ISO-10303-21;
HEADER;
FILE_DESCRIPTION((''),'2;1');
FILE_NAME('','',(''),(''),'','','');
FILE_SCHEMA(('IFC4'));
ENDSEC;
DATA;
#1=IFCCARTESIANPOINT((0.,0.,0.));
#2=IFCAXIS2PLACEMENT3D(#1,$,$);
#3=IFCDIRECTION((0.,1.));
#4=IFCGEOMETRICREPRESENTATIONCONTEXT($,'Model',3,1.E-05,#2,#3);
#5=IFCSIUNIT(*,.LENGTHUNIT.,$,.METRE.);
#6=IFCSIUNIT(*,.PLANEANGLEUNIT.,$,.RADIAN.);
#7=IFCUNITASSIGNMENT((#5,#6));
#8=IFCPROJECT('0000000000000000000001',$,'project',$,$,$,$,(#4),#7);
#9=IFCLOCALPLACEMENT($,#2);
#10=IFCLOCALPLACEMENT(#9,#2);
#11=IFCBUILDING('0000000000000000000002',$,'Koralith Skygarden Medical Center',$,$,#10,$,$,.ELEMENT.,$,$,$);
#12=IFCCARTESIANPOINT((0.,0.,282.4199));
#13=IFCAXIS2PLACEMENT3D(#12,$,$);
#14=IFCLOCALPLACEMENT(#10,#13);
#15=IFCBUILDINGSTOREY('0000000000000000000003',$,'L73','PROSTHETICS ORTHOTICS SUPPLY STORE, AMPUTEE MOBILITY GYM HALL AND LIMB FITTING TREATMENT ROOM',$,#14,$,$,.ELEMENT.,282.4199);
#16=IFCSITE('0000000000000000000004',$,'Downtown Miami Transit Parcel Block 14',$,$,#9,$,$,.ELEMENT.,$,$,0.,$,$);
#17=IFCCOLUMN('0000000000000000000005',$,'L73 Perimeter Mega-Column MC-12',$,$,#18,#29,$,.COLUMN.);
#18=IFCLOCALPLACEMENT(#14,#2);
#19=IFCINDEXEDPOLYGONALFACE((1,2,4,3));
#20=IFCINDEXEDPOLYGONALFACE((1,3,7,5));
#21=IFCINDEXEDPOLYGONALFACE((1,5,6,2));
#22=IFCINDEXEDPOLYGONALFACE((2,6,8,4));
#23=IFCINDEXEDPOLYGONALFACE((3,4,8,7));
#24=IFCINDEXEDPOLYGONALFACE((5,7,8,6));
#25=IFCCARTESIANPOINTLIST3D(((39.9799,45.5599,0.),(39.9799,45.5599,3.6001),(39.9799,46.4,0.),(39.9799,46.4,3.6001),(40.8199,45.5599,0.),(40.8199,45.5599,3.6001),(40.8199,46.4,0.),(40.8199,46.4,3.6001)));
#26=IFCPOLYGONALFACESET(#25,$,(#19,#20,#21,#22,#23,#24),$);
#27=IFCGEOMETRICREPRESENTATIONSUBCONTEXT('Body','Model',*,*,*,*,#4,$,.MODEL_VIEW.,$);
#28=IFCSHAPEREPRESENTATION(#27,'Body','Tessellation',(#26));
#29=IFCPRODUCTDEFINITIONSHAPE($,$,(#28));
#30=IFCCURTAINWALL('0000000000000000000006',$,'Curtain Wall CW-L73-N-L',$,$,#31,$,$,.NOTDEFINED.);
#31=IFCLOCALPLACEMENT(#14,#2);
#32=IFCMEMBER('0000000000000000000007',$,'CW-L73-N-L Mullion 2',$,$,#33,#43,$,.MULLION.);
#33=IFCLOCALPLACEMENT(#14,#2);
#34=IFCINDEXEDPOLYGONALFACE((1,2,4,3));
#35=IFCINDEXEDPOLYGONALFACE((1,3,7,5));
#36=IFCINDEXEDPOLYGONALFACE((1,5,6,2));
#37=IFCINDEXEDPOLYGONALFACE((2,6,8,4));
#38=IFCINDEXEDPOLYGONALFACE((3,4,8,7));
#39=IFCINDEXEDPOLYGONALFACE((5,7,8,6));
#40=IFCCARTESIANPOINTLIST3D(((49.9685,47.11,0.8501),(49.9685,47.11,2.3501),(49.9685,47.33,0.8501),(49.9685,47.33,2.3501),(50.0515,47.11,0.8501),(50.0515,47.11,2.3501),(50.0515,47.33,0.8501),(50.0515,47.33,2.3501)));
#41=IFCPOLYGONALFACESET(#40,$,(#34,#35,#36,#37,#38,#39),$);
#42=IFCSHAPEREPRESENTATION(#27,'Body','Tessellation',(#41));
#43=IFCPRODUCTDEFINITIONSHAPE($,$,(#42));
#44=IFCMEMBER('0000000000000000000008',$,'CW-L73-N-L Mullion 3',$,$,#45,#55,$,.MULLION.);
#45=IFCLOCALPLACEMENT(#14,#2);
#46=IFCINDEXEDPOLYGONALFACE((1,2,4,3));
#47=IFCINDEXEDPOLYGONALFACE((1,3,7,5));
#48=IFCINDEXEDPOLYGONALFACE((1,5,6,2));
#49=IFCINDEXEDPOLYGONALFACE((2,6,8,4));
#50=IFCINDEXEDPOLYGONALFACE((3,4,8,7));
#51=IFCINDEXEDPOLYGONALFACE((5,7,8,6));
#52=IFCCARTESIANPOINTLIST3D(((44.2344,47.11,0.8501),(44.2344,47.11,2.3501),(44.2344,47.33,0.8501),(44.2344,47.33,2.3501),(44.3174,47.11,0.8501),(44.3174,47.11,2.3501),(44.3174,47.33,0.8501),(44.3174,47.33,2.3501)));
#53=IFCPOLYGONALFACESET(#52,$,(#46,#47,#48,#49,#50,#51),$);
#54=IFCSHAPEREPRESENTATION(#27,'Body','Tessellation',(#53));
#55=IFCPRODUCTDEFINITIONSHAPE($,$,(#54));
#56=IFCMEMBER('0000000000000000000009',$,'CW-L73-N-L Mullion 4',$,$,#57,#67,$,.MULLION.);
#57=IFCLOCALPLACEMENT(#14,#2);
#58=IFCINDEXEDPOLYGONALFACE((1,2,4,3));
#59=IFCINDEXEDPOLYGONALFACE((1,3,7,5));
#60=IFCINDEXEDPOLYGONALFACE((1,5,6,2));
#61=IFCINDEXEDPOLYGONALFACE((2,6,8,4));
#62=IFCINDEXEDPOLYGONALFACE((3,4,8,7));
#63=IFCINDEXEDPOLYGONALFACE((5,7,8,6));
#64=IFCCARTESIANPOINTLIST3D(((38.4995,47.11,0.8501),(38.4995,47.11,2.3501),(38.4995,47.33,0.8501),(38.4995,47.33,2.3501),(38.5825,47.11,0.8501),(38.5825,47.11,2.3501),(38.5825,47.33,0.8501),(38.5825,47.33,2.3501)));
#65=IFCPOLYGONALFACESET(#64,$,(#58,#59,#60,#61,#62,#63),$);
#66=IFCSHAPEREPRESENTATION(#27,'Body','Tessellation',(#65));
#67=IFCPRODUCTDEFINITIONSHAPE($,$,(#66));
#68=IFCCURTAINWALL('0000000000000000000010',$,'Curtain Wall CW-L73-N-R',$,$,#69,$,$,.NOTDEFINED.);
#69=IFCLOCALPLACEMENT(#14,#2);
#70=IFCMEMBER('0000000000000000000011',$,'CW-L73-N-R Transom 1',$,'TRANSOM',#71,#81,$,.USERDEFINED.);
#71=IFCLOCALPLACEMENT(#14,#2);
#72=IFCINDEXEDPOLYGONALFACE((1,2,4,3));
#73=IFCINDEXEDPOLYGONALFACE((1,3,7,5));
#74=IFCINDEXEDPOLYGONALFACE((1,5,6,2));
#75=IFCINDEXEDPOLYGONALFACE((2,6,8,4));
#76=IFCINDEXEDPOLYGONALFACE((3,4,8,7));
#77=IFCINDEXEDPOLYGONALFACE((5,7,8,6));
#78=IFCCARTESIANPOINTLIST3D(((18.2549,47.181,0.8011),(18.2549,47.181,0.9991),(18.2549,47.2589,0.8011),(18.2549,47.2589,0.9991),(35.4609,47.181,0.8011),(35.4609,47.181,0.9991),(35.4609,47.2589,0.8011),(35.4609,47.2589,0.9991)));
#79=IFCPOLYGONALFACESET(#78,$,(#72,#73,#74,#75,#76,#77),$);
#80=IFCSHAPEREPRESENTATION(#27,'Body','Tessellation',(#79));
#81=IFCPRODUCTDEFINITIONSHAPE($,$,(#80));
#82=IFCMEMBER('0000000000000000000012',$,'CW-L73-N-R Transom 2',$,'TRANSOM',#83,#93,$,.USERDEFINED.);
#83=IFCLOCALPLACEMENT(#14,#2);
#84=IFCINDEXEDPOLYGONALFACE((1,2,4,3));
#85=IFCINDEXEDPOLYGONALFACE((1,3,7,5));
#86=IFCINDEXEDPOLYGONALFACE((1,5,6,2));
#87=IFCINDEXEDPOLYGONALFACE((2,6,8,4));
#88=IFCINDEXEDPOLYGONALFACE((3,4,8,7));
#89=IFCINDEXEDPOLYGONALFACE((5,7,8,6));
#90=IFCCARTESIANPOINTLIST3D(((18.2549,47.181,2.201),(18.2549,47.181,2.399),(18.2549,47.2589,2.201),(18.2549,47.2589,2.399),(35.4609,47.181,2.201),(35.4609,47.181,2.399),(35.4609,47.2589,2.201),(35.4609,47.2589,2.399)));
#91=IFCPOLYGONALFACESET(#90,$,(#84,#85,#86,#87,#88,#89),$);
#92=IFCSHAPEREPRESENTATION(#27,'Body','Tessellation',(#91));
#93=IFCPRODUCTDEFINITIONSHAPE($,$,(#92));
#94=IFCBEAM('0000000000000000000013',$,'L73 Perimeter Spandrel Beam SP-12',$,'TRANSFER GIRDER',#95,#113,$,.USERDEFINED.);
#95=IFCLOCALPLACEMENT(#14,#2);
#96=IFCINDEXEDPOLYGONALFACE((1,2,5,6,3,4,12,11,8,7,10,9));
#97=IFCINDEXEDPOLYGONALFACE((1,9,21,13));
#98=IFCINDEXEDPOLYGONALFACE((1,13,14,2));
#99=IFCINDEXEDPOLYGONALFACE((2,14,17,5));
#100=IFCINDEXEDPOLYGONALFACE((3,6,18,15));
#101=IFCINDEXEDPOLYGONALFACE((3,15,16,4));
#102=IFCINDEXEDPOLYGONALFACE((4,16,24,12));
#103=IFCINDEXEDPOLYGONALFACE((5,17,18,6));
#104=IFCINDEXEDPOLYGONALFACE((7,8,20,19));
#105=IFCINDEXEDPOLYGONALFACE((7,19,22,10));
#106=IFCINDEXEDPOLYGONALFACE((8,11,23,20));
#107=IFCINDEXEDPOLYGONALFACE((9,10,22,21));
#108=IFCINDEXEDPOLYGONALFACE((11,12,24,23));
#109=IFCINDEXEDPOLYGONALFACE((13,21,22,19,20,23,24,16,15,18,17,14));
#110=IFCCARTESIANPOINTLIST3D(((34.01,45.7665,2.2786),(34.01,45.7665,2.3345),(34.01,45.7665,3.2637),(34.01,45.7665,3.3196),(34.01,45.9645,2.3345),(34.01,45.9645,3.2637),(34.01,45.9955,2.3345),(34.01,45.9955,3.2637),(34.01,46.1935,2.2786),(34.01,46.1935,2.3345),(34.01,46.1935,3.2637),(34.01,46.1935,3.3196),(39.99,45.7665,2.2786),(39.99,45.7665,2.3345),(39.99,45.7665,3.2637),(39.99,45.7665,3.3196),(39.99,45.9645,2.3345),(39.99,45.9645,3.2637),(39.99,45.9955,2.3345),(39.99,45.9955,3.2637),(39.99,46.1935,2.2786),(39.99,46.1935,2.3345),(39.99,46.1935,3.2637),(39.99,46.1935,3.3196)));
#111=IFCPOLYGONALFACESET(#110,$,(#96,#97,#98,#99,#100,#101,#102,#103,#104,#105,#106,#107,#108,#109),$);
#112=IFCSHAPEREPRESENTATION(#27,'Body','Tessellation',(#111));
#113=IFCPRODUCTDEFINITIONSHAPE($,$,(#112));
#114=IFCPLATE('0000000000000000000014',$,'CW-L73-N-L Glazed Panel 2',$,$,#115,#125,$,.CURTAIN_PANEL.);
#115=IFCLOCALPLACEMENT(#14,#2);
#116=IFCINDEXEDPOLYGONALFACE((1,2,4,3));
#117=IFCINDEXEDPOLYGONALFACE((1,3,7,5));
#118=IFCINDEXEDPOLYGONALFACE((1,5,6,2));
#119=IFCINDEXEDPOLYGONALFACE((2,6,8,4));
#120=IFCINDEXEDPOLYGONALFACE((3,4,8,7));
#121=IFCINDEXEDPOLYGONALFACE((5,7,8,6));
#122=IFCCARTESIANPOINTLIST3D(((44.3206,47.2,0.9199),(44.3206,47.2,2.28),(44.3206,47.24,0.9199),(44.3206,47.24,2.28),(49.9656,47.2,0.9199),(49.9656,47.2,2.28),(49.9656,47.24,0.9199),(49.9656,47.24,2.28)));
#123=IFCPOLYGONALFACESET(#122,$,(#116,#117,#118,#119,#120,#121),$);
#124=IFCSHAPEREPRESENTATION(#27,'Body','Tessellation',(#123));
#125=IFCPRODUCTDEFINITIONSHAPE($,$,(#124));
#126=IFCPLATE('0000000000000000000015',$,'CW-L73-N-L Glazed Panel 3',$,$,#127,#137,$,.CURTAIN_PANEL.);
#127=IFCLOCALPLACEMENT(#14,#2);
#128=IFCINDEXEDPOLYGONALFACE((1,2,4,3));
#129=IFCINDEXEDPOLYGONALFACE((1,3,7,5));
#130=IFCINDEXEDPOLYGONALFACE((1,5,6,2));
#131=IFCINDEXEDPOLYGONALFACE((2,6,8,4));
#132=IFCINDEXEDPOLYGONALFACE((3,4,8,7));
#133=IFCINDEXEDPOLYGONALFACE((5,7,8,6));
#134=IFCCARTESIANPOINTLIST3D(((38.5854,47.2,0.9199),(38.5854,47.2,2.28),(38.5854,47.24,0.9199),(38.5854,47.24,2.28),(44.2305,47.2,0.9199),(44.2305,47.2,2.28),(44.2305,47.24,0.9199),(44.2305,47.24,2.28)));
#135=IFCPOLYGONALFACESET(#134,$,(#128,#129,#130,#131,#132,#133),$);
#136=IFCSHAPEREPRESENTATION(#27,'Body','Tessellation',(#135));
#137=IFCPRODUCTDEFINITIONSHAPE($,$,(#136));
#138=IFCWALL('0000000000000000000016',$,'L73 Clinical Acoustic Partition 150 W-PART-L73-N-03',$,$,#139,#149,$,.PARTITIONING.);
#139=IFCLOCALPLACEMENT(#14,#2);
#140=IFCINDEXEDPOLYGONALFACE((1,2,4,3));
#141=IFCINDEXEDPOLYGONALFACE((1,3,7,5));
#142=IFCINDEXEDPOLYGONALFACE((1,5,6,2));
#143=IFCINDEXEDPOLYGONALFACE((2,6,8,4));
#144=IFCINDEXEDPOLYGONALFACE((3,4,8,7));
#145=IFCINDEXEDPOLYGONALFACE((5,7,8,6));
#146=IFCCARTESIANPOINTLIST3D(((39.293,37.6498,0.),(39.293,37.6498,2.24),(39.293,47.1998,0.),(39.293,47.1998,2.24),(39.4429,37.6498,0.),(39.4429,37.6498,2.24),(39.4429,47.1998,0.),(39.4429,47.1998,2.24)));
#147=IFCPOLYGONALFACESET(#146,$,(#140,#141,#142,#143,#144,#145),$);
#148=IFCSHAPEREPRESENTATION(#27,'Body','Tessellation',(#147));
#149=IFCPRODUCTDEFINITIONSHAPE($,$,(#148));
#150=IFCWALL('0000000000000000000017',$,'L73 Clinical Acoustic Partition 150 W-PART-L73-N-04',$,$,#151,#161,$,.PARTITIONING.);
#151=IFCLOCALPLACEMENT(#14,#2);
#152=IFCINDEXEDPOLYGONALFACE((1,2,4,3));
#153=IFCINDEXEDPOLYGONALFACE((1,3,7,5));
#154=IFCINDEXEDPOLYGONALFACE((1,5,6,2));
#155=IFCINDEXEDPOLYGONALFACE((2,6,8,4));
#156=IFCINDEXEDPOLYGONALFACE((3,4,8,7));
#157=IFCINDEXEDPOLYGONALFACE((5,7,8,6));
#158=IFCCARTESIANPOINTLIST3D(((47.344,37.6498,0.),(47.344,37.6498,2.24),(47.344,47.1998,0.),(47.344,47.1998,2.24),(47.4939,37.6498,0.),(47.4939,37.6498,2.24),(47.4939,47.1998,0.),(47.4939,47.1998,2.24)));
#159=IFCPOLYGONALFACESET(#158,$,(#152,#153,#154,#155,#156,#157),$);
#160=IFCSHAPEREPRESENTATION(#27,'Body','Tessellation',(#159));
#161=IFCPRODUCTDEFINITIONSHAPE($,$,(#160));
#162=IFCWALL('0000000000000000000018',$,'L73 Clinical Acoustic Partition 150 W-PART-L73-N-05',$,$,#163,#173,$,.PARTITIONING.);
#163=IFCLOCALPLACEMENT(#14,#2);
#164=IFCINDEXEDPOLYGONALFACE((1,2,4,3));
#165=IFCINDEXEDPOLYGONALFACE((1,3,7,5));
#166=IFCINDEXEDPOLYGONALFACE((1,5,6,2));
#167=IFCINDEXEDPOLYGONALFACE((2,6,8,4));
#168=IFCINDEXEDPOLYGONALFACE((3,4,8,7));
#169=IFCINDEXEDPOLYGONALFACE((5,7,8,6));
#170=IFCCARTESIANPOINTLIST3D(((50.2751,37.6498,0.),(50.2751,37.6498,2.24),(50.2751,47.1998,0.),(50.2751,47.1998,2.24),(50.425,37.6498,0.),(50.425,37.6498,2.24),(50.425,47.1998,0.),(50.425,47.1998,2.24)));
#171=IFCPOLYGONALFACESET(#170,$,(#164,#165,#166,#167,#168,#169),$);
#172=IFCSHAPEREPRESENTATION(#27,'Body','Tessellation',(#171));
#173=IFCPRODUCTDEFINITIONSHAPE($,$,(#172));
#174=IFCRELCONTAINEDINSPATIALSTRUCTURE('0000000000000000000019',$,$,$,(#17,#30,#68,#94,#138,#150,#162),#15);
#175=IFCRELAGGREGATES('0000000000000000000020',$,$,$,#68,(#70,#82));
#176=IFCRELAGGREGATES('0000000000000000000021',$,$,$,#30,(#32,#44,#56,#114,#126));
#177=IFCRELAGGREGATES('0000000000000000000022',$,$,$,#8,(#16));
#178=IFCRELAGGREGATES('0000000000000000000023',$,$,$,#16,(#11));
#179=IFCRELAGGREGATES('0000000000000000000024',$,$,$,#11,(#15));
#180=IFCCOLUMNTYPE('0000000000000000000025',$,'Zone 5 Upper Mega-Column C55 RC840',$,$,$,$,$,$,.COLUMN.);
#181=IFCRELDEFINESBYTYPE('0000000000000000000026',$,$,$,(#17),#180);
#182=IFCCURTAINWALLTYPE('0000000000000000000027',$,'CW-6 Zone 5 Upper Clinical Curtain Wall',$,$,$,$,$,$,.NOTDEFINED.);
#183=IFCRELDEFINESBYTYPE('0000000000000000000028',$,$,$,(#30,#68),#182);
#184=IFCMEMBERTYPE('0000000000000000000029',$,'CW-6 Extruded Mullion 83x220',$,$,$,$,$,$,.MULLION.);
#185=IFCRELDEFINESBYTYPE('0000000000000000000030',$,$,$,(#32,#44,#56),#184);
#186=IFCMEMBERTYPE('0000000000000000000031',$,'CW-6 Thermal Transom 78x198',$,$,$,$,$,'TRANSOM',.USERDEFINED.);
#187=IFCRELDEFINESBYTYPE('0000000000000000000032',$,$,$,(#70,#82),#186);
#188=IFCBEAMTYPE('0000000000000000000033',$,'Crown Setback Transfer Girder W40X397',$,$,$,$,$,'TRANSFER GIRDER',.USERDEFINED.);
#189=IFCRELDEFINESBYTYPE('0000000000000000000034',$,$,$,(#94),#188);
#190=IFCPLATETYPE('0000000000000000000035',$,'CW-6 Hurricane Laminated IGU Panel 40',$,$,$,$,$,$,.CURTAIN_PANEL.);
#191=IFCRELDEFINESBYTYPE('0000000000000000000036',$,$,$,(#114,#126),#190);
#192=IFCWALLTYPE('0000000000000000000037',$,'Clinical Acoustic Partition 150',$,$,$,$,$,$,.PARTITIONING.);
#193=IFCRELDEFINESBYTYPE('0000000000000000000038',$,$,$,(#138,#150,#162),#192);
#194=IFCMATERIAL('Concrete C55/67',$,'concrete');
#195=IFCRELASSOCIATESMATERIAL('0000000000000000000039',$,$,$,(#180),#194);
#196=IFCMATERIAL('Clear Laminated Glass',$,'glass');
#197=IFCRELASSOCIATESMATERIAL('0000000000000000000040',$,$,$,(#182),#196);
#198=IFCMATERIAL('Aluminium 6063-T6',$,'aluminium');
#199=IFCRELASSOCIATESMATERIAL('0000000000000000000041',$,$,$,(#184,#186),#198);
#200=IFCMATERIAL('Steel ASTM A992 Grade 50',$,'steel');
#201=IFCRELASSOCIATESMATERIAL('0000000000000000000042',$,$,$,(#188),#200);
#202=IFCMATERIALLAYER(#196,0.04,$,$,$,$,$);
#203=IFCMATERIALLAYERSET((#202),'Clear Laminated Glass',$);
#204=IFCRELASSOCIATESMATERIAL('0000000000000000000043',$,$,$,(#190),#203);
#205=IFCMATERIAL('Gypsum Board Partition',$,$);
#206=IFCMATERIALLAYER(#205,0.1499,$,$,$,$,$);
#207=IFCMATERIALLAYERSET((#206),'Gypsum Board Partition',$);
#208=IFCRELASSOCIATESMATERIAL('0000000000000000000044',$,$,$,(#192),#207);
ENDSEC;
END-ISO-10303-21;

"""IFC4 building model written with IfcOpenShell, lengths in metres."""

from ifc_helpers import new_model, si_unit, direction, frame, frame_2d, origin, origin_2d, place, context, subcontext, project, spatial, rectangle, i_section, extrude, material, layer, layer_set, material_profile, profile_set, type_object, element, aggregate, save


model = new_model("IFC4")

# Units and contexts
model_context = context("Model", 3, precision=1e-05, world=origin(), true_north=direction((0.0, 1.0)))
body_context = subcontext(model_context, "Body", "Model", "MODEL_VIEW")
ifc_project = project(units=[si_unit("LENGTHUNIT", "METRE"), si_unit("PLANEANGLEUNIT", "RADIAN")], contexts=[model_context])

# Site, building, storey
site_placement = place(None, origin())
site = spatial("IfcSite", under=ifc_project, at=site_placement, Name="Downtown Miami Transit Parcel Block 14", CompositionType="ELEMENT", RefElevation=0.0)
building_placement = place(site_placement, origin())
building = spatial("IfcBuilding", under=site, at=building_placement, Name="Koralith Skygarden Medical Center", CompositionType="ELEMENT")
storey_placement = place(building_placement, frame((0.0, 0.0, 282.4199)))
storey = spatial("IfcBuildingStorey", under=building, at=storey_placement, Name="L73", Description="PROSTHETICS ORTHOTICS SUPPLY STORE, AMPUTEE MOBILITY GYM HALL AND LIMB FITTING TREATMENT ROOM", CompositionType="ELEMENT", Elevation=282.4199)

# Column
ifc_material_1 = material(Name="Concrete C55/67", Category="concrete")
ifc_material_profile_1 = material_profile(ifc_material_1, rectangle(XDim=0.8401, YDim=0.8401, at=origin_2d()), Name="RC840X840")
ifc_profile_set_1 = profile_set([ifc_material_profile_1], Name="Concrete C55/67")
column_type = type_object("IfcColumnType", Name="Zone 5 Upper Mega-Column C55 RC840", PredefinedType="COLUMN", material=ifc_profile_set_1)
column_placement = place(storey_placement, frame((40.3999, 45.98, 0.0), z_axis=(0.0, 0.0, 1.0), x_axis=(1.0, 0.0, 0.0)))
element("IfcColumn", 1, at=column_placement, inside=storey, type_object=column_type, Name="L73 Perimeter Mega-Column MC-12", PredefinedType="COLUMN", context=body_context, shape_type="SweptSolid", body=[
    extrude(rectangle(XDim=0.8401, YDim=0.8401, at=origin_2d()), origin(), (0.0, 0.0, 1.0), 3.6001),
])

# Curtain walls, members
ifc_material_2 = material(Name="Clear Laminated Glass", Category="glass")
curtain_wall_type = type_object("IfcCurtainWallType", Name="CW-6 Zone 5 Upper Clinical Curtain Wall", PredefinedType="NOTDEFINED", material=ifc_material_2)
curtain_wall_1_placement = place(storey_placement, origin())
curtain_wall_1 = element("IfcCurtainWall", 2, at=curtain_wall_1_placement, inside=storey, type_object=curtain_wall_type, Name="Curtain Wall CW-L73-N-L", PredefinedType="NOTDEFINED")
ifc_material_3 = material(Name="Aluminium 6063-T6", Category="aluminium")
ifc_material_profile_2 = material_profile(ifc_material_3, rectangle(XDim=0.083, YDim=0.22, at=origin_2d()), Name="MUL83X220")
ifc_profile_set_2 = profile_set([ifc_material_profile_2], Name="Aluminium 6063-T6")
member_type_1 = type_object("IfcMemberType", Name="CW-6 Extruded Mullion 83x220", PredefinedType="MULLION", material=ifc_profile_set_2)
member_1_placement = place(storey_placement, frame((50.01, 47.22, 0.8501), z_axis=(0.0, 0.0, 1.0), x_axis=(1.0, 0.0, 0.0)))
member_1 = element("IfcMember", 3, at=member_1_placement, type_object=member_type_1, Name="CW-L73-N-L Mullion 2", PredefinedType="MULLION", context=body_context, shape_type="SweptSolid", body=[
    extrude(rectangle(XDim=0.083, YDim=0.22, at=origin_2d()), origin(), (0.0, 0.0, 1.0), 1.5),
])
member_2_placement = place(storey_placement, frame((44.2759, 47.22, 0.8501), z_axis=(0.0, 0.0, 1.0), x_axis=(1.0, 0.0, 0.0)))
member_2 = element("IfcMember", 4, at=member_2_placement, type_object=member_type_1, Name="CW-L73-N-L Mullion 3", PredefinedType="MULLION", context=body_context, shape_type="SweptSolid", body=[
    extrude(rectangle(XDim=0.083, YDim=0.22, at=origin_2d()), origin(), (0.0, 0.0, 1.0), 1.5),
])
member_3_placement = place(storey_placement, frame((38.541, 47.22, 0.8501), z_axis=(0.0, 0.0, 1.0), x_axis=(1.0, 0.0, 0.0)))
member_3 = element("IfcMember", 5, at=member_3_placement, type_object=member_type_1, Name="CW-L73-N-L Mullion 4", PredefinedType="MULLION", context=body_context, shape_type="SweptSolid", body=[
    extrude(rectangle(XDim=0.083, YDim=0.22, at=origin_2d()), origin(), (0.0, 0.0, 1.0), 1.5),
])
curtain_wall_2_placement = place(storey_placement, origin())
curtain_wall_2 = element("IfcCurtainWall", 6, at=curtain_wall_2_placement, inside=storey, type_object=curtain_wall_type, Name="Curtain Wall CW-L73-N-R", PredefinedType="NOTDEFINED")
ifc_material_profile_3 = material_profile(ifc_material_3, rectangle(XDim=0.0779, YDim=0.198, at=origin_2d()), Name="TRN78X198")
ifc_profile_set_3 = profile_set([ifc_material_profile_3], Name="Aluminium 6063-T6")
member_type_2 = type_object("IfcMemberType", Name="CW-6 Thermal Transom 78x198", ElementType="TRANSOM", PredefinedType="USERDEFINED", material=ifc_profile_set_3)
member_4_placement = place(storey_placement, frame((35.4609, 47.22, 0.9001), z_axis=(-1.0, 0.0, 0.0), x_axis=(0.0, -1.0, 0.0)))
member_4 = element("IfcMember", 7, at=member_4_placement, type_object=member_type_2, Name="CW-L73-N-R Transom 1", ObjectType="TRANSOM", PredefinedType="USERDEFINED", context=body_context, shape_type="SweptSolid", body=[
    extrude(rectangle(XDim=0.0779, YDim=0.198, at=origin_2d()), origin(), (0.0, 0.0, 1.0), 17.2061),
])
member_5_placement = place(storey_placement, frame((35.4609, 47.22, 2.3), z_axis=(-1.0, 0.0, 0.0), x_axis=(0.0, -1.0, 0.0)))
member_5 = element("IfcMember", 8, at=member_5_placement, type_object=member_type_2, Name="CW-L73-N-R Transom 2", ObjectType="TRANSOM", PredefinedType="USERDEFINED", context=body_context, shape_type="SweptSolid", body=[
    extrude(rectangle(XDim=0.0779, YDim=0.198, at=origin_2d()), origin(), (0.0, 0.0, 1.0), 17.2061),
])
aggregate(curtain_wall_2, [member_4, member_5])

# Beam
ifc_material_4 = material(Name="Steel ASTM A992 Grade 50", Category="steel")
ifc_material_profile_4 = material_profile(ifc_material_4, i_section(OverallWidth=0.427, OverallDepth=1.041, WebThickness=0.031, FlangeThickness=0.0559, at=origin_2d()), Name="W40X397")
ifc_profile_set_4 = profile_set([ifc_material_profile_4], Name="Steel ASTM A992 Grade 50")
beam_type = type_object("IfcBeamType", Name="Crown Setback Transfer Girder W40X397", ElementType="TRANSFER GIRDER", PredefinedType="USERDEFINED", material=ifc_profile_set_4)
beam_placement = place(storey_placement, frame((39.99, 45.98, 2.7991), z_axis=(-1.0, 0.0, 0.0), x_axis=(0.0, -1.0, 0.0)))
element("IfcBeam", 9, at=beam_placement, inside=storey, type_object=beam_type, Name="L73 Perimeter Spandrel Beam SP-12", ObjectType="TRANSFER GIRDER", PredefinedType="USERDEFINED", context=body_context, shape_type="SweptSolid", body=[
    extrude(i_section(OverallWidth=0.427, OverallDepth=1.041, WebThickness=0.031, FlangeThickness=0.0559, at=origin_2d()), origin(), (0.0, 0.0, 1.0), 5.98),
])

# Plates
ifc_layer_1 = layer(ifc_material_2, 0.04)
ifc_layer_set_1 = layer_set([ifc_layer_1], Name="Clear Laminated Glass")
plate_type = type_object("IfcPlateType", Name="CW-6 Hurricane Laminated IGU Panel 40", PredefinedType="CURTAIN_PANEL", material=ifc_layer_set_1)
plate_1_placement = place(storey_placement, frame((47.1431, 47.22, 0.9199), z_axis=(0.0, 0.0, 1.0), x_axis=(-1.0, 0.0, 0.0)))
plate_1 = element("IfcPlate", 10, at=plate_1_placement, type_object=plate_type, Name="CW-L73-N-L Glazed Panel 2", PredefinedType="CURTAIN_PANEL", context=body_context, shape_type="SweptSolid", body=[
    extrude(rectangle(XDim=5.645, YDim=0.04, at=origin_2d()), origin(), (0.0, 0.0, 1.0), 1.3601),
])
plate_2_placement = place(storey_placement, frame((41.408, 47.22, 0.9199), z_axis=(0.0, 0.0, 1.0), x_axis=(-1.0, 0.0, 0.0)))
plate_2 = element("IfcPlate", 11, at=plate_2_placement, type_object=plate_type, Name="CW-L73-N-L Glazed Panel 3", PredefinedType="CURTAIN_PANEL", context=body_context, shape_type="SweptSolid", body=[
    extrude(rectangle(XDim=5.645, YDim=0.04, at=origin_2d()), origin(), (0.0, 0.0, 1.0), 1.3601),
])
aggregate(curtain_wall_1, [member_1, member_2, member_3, plate_1, plate_2])

# Walls
ifc_material_5 = material(Name="Gypsum Board Partition")
ifc_layer_2 = layer(ifc_material_5, 0.1499)
ifc_layer_set_2 = layer_set([ifc_layer_2], Name="Gypsum Board Partition")
wall_type_1 = type_object("IfcWallType", Name="Clinical Acoustic Partition 150", PredefinedType="PARTITIONING", material=ifc_layer_set_2)
for number, where, z_axis, x_axis, name in (
    (12, (39.3679, 37.6499, 0.0), (0.0, 0.0, 1.0), (0.0, 1.0, 0.0), "L73 Clinical Acoustic Partition 150 W-PART-L73-N-03"),
    (13, (47.4189, 37.6499, 0.0), (0.0, 0.0, 1.0), (0.0, 1.0, 0.0), "L73 Clinical Acoustic Partition 150 W-PART-L73-N-04"),
    (14, (50.3501, 37.6499, 0.0), (0.0, 0.0, 1.0), (0.0, 1.0, 0.0), "L73 Clinical Acoustic Partition 150 W-PART-L73-N-05"),
):
    element("IfcWall", number, at=place(storey_placement, frame(where, z_axis=z_axis, x_axis=x_axis)), inside=storey, type_object=wall_type_1, Name=name, PredefinedType="PARTITIONING", context=body_context, shape_type="SweptSolid", body=[
        extrude(rectangle(XDim=9.55, YDim=0.1499, at=frame_2d((4.7749, 0.0))), origin(), (0.0, 0.0, 1.0), 2.24),
    ])

save(model, "model.ifc")
